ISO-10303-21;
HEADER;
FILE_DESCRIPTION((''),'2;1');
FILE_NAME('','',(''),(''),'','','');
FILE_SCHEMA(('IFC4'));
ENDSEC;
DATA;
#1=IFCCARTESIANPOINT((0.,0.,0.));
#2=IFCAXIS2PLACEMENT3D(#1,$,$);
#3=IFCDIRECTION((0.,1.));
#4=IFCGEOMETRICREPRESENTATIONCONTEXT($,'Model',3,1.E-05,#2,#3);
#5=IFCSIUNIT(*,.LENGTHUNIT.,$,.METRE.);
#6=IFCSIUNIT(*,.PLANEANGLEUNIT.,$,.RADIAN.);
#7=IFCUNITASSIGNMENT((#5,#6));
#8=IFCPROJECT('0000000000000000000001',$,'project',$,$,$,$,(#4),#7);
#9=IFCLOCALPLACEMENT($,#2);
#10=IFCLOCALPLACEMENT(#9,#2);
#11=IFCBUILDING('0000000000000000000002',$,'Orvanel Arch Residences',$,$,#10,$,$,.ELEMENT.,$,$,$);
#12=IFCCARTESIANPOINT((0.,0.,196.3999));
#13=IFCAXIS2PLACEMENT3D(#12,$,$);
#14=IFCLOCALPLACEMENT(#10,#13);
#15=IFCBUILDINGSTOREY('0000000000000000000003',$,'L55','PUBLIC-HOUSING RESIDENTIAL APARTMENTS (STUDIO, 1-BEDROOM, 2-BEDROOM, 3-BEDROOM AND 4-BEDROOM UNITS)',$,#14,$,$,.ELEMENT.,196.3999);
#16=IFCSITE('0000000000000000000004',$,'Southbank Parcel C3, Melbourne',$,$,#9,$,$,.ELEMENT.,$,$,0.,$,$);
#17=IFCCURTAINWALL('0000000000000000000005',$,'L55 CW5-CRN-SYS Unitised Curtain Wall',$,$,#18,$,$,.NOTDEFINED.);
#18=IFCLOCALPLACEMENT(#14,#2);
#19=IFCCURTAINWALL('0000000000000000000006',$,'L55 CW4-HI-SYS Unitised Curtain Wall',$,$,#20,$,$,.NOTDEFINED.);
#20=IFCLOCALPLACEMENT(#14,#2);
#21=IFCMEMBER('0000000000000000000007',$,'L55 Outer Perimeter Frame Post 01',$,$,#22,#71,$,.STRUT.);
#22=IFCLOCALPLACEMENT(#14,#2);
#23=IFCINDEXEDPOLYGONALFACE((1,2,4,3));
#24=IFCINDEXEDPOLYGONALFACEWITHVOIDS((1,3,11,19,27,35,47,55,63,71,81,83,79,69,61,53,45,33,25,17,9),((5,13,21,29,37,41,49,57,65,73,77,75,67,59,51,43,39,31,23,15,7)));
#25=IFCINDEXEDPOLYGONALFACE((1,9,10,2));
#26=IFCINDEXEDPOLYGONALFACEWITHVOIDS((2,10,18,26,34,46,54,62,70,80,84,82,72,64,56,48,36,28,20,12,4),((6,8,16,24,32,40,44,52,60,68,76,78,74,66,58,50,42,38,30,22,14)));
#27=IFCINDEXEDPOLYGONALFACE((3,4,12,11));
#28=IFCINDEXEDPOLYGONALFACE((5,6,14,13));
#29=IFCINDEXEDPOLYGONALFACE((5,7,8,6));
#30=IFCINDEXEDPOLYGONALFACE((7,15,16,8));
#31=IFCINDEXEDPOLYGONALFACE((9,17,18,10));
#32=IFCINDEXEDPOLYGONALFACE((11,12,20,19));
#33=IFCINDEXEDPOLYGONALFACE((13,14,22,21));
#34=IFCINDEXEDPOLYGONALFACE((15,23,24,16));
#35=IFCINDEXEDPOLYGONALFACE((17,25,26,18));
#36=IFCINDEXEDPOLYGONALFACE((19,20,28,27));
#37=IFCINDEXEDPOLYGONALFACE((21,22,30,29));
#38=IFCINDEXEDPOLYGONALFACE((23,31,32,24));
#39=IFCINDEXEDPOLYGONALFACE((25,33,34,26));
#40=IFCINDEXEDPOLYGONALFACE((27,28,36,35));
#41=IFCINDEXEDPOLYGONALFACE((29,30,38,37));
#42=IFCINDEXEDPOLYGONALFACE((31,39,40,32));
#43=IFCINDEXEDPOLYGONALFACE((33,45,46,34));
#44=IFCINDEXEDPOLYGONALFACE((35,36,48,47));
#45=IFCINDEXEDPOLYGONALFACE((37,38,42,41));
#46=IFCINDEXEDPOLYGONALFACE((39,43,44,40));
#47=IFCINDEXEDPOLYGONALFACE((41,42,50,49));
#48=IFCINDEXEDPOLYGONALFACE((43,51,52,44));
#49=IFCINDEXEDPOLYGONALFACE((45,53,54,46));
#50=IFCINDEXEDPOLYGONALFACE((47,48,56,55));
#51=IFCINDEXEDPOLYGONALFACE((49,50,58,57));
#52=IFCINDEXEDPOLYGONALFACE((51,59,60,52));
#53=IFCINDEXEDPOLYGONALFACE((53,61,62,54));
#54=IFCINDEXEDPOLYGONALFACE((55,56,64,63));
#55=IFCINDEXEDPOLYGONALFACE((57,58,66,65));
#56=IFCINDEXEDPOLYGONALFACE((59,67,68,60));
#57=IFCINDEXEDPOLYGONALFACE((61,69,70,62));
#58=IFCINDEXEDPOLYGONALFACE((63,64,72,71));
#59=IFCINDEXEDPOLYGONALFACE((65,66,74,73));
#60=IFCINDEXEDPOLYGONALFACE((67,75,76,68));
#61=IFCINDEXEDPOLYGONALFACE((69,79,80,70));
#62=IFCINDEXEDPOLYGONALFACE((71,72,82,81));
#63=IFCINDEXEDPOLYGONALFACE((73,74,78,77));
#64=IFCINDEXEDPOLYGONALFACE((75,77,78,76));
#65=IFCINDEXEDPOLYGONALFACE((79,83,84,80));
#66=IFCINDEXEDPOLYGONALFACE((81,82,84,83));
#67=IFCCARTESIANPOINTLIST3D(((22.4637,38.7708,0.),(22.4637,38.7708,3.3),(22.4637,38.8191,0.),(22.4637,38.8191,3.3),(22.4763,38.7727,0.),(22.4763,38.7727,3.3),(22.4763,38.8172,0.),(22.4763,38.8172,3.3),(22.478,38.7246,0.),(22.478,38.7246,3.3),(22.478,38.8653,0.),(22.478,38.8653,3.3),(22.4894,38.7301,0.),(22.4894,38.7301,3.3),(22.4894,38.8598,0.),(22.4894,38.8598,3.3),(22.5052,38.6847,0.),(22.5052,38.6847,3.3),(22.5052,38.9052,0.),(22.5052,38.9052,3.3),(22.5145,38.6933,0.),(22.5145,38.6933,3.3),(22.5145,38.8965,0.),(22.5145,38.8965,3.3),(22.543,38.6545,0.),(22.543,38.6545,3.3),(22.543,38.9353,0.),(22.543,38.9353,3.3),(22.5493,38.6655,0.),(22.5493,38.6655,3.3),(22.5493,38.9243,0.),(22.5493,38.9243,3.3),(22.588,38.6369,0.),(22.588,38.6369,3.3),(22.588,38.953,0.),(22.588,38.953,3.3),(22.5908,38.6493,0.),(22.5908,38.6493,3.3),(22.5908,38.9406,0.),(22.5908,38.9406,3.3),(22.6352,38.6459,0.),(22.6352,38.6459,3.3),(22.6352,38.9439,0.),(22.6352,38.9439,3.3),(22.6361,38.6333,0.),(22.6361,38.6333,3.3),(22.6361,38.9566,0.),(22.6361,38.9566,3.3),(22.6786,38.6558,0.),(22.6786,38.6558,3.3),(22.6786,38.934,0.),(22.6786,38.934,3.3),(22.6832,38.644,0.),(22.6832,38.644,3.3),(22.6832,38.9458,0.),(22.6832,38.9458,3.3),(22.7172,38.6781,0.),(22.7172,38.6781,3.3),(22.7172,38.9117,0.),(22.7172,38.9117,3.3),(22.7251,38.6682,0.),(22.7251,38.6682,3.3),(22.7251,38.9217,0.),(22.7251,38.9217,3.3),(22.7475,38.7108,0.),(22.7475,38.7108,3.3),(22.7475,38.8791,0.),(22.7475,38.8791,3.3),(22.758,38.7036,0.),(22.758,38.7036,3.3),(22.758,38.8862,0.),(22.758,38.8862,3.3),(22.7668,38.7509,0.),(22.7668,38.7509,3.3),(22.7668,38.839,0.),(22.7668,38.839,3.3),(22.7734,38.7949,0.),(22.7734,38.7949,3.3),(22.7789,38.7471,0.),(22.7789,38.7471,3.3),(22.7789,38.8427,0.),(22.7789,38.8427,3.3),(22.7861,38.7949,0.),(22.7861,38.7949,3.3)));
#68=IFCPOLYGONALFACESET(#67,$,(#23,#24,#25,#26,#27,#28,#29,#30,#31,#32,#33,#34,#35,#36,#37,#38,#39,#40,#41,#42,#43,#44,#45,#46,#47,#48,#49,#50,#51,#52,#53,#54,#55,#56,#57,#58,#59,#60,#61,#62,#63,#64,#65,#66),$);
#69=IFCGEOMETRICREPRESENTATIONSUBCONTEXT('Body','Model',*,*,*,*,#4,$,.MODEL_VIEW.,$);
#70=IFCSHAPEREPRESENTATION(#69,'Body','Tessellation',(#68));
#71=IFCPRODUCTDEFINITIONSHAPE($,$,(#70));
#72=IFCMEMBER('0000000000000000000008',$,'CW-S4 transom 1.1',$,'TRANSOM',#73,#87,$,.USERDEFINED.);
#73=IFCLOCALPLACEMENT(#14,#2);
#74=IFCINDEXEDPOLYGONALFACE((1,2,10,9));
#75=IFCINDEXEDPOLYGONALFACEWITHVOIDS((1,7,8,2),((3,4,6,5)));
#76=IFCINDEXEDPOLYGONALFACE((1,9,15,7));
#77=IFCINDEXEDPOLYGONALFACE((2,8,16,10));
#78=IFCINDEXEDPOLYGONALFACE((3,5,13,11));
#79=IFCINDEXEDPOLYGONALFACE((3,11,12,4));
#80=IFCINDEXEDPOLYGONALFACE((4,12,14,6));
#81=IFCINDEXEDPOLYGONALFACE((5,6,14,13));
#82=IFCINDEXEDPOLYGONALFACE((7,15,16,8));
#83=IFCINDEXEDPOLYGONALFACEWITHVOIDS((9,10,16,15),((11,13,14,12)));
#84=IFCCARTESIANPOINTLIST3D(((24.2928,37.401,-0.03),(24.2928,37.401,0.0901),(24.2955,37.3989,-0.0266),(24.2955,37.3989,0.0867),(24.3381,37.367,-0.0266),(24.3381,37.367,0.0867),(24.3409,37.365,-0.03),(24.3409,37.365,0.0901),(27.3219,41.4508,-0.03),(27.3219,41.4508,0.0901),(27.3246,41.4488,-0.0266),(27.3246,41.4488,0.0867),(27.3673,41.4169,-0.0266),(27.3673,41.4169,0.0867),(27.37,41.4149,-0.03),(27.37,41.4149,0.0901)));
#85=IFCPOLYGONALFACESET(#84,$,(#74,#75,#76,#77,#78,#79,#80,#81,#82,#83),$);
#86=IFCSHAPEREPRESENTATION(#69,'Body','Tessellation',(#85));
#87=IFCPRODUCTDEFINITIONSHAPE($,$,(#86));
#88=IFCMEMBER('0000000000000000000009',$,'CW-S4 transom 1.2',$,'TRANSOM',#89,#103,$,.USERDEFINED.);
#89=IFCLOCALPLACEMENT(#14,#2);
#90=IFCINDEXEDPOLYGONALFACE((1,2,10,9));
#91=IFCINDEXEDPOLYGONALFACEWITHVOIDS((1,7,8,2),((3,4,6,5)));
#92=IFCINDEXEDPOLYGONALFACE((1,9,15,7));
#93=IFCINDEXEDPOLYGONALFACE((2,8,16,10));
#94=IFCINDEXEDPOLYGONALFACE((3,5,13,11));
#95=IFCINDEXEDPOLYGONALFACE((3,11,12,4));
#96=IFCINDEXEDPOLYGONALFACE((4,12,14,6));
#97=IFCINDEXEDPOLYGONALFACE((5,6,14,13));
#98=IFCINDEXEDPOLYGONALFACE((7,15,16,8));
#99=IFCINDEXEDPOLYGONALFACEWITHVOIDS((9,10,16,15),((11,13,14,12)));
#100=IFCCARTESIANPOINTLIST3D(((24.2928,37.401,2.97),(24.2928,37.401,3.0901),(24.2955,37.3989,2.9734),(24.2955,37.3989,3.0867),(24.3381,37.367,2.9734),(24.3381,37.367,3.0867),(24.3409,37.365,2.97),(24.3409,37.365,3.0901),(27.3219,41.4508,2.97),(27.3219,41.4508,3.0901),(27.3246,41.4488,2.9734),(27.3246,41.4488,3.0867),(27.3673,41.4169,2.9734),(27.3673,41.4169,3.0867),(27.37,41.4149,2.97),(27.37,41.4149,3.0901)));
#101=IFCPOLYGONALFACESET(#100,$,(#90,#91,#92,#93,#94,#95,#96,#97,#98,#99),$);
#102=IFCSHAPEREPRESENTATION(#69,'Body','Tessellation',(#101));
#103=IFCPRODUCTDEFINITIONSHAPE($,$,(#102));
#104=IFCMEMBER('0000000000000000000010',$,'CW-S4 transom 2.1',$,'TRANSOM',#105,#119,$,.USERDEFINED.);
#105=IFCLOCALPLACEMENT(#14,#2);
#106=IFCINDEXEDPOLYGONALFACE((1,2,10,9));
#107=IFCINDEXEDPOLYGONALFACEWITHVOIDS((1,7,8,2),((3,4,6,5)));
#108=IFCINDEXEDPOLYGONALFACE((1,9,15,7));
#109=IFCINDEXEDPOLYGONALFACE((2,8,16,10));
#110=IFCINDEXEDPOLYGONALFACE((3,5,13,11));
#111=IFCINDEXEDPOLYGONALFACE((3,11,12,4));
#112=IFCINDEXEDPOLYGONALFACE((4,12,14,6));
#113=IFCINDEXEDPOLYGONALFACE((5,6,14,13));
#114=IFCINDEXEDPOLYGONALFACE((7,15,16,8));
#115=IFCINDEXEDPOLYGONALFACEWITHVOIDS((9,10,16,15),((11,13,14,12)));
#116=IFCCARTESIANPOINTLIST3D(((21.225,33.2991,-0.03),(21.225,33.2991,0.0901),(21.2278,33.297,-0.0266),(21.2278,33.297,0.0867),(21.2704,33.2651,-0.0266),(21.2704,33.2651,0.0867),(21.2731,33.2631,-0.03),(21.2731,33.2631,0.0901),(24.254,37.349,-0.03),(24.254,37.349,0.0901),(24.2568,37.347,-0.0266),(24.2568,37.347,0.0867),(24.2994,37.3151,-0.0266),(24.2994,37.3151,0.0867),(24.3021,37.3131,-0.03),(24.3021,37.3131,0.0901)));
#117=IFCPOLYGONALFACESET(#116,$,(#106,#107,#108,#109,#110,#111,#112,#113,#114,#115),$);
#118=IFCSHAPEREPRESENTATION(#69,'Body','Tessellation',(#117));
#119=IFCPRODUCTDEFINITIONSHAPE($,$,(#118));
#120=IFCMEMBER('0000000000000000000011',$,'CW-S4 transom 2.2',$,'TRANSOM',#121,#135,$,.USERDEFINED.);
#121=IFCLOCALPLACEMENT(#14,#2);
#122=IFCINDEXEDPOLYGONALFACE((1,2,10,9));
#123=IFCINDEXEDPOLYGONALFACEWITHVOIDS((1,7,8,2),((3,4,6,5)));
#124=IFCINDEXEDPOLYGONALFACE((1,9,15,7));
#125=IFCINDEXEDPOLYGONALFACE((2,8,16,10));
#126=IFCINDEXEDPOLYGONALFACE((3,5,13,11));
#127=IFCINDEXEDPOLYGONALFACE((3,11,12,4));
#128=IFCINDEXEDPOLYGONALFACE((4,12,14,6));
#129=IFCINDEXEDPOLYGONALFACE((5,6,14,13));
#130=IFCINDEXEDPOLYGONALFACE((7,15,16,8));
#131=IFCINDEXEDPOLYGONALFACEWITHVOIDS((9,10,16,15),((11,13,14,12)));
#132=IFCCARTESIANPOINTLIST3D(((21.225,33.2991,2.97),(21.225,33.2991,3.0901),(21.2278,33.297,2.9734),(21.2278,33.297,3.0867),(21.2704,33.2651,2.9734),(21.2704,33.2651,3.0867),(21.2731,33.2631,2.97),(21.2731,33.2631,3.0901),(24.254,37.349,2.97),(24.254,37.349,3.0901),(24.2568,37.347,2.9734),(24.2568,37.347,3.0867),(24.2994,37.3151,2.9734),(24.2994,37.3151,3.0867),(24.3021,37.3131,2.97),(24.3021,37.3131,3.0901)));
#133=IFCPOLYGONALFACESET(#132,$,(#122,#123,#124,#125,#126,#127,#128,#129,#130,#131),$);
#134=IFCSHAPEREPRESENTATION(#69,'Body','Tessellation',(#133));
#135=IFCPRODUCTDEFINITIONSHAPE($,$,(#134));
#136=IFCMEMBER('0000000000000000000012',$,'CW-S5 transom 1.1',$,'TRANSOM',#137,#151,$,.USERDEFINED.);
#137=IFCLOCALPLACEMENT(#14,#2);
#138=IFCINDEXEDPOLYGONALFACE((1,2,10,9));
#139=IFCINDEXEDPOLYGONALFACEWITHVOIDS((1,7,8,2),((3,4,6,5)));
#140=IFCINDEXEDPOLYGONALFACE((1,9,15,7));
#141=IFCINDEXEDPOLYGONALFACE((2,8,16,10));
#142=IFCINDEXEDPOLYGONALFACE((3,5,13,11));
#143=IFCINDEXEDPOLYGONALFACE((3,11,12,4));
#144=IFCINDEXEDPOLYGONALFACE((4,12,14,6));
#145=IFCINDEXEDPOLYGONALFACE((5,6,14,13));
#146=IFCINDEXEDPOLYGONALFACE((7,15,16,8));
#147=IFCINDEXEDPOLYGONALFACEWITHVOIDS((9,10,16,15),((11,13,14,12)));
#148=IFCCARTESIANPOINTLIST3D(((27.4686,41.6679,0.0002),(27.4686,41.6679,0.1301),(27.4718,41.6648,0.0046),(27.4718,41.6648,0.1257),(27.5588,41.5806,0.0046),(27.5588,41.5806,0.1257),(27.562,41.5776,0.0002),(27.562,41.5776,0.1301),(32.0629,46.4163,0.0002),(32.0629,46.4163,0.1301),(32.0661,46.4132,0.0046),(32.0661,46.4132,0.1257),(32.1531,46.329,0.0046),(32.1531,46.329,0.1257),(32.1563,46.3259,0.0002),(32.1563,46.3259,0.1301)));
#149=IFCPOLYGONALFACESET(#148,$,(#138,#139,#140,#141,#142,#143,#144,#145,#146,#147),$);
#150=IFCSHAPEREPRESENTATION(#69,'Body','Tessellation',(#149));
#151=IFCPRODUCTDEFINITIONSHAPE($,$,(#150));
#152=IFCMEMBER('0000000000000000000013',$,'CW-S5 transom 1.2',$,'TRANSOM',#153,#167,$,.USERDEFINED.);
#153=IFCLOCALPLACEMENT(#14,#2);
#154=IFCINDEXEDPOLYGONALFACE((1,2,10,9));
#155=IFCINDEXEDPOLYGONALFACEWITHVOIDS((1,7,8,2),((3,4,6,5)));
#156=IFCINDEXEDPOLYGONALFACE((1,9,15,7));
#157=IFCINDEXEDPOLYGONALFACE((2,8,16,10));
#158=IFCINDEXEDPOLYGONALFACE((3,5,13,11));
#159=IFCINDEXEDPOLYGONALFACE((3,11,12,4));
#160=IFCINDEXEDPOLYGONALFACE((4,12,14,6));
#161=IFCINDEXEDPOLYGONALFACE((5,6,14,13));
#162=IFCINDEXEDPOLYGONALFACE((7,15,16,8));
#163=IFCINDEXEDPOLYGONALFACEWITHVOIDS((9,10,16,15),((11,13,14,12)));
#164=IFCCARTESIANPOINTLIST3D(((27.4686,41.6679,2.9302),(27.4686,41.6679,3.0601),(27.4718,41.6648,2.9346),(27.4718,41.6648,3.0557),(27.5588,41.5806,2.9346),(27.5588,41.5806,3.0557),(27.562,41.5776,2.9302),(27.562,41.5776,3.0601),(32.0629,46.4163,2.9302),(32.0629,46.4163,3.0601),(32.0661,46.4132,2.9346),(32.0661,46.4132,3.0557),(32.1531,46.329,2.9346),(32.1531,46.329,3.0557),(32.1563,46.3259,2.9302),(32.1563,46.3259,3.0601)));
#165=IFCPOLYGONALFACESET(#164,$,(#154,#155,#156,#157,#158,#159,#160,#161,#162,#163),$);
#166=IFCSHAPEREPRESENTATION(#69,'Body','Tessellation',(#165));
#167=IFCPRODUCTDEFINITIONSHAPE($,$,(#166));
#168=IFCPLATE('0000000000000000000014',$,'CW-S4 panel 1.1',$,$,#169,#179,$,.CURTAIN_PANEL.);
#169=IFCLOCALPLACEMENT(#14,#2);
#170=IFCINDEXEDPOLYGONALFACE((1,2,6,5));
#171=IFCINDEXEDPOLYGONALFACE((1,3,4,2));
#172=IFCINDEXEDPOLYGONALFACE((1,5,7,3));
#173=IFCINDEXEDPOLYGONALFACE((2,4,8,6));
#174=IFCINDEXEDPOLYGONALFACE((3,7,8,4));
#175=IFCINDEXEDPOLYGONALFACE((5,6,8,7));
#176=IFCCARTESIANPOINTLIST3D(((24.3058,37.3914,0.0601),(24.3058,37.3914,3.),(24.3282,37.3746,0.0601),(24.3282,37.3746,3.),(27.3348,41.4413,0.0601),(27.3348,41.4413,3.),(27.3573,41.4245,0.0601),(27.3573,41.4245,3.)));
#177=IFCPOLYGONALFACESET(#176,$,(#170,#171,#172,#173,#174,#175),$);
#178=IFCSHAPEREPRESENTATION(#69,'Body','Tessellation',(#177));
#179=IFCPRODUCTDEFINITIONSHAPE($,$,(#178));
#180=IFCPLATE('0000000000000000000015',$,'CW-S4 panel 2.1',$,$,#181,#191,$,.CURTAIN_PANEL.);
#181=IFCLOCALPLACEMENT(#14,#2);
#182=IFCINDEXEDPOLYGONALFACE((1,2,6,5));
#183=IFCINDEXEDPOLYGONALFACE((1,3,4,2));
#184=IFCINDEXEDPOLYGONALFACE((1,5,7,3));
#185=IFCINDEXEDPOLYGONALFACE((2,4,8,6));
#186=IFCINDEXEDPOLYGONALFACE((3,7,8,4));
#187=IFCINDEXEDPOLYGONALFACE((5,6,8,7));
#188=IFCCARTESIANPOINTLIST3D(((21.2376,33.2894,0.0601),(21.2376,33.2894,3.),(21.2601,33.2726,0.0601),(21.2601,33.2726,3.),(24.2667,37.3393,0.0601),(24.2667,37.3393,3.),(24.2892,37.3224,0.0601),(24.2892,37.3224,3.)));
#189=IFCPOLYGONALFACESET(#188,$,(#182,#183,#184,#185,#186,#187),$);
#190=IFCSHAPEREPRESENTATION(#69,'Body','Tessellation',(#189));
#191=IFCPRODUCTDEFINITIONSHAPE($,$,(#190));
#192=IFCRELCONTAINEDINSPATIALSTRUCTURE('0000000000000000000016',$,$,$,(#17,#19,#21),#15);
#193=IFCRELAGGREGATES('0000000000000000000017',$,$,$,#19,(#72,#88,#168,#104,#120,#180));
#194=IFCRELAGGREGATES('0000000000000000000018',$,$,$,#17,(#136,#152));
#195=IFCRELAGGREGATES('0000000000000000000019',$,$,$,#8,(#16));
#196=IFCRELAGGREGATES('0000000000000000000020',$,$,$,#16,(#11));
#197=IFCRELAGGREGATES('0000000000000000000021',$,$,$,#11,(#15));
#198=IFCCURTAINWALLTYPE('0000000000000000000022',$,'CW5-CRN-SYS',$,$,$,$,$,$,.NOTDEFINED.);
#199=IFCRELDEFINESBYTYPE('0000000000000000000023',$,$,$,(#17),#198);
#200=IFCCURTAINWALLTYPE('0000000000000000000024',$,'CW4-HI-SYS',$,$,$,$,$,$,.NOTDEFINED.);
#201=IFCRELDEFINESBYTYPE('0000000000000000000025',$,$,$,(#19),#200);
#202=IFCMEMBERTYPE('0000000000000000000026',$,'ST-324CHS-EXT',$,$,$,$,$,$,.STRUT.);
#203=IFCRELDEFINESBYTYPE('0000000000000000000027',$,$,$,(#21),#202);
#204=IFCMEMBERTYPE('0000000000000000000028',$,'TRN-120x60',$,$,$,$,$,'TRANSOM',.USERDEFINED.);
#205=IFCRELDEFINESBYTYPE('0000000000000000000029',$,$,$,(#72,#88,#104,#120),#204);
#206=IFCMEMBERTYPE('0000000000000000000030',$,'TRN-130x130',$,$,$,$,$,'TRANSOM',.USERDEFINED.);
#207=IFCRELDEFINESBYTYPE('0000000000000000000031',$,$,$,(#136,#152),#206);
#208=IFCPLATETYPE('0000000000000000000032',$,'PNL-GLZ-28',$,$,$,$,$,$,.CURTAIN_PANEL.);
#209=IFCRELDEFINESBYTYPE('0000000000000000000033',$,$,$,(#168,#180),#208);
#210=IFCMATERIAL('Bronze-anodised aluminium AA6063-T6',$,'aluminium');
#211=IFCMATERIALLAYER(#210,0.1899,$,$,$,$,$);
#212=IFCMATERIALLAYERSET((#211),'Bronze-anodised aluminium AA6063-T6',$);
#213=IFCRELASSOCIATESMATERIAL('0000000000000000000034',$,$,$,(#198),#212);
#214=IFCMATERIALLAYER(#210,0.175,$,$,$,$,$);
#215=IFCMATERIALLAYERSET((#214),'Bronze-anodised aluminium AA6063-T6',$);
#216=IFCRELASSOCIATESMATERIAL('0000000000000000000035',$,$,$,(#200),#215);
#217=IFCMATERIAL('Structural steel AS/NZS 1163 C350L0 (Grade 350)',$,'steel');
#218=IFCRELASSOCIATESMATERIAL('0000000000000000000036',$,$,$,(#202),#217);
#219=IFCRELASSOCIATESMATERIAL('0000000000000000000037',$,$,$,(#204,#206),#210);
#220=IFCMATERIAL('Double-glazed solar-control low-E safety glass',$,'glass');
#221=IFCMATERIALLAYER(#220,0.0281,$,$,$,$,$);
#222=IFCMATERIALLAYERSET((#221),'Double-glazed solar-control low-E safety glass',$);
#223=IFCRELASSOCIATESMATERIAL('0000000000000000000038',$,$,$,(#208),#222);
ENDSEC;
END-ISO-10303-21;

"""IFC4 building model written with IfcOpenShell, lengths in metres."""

from ifc_helpers import new_model, si_unit, direction, frame, origin, origin_2d, place, context, subcontext, project, spatial, rectangle, hollow_rectangle, hollow_circle, extrude, material, layer, layer_set, material_profile, profile_set, type_object, element, aggregate, save


model = new_model("IFC4")

# Units and contexts
model_context = context("Model", 3, precision=1e-05, world=origin(), true_north=direction((0.0, 1.0)))
body_context = subcontext(model_context, "Body", "Model", "MODEL_VIEW")
ifc_project = project(units=[si_unit("LENGTHUNIT", "METRE"), si_unit("PLANEANGLEUNIT", "RADIAN")], contexts=[model_context])

# Site, building, storey
site_placement = place(None, origin())
site = spatial("IfcSite", under=ifc_project, at=site_placement, Name="Southbank Parcel C3, Melbourne", CompositionType="ELEMENT", RefElevation=0.0)
building_placement = place(site_placement, origin())
building = spatial("IfcBuilding", under=site, at=building_placement, Name="Orvanel Arch Residences", CompositionType="ELEMENT")
storey_placement = place(building_placement, frame((0.0, 0.0, 196.3999)))
storey = spatial("IfcBuildingStorey", under=building, at=storey_placement, Name="L55", Description="PUBLIC-HOUSING RESIDENTIAL APARTMENTS (STUDIO, 1-BEDROOM, 2-BEDROOM, 3-BEDROOM AND 4-BEDROOM UNITS)", CompositionType="ELEMENT", Elevation=196.3999)

# Shared definitions
ifc_material_1 = material(Name="Bronze-anodised aluminium AA6063-T6", Category="aluminium")
ifc_layer_1 = layer(ifc_material_1, 0.1899)
ifc_layer_set_1 = layer_set([ifc_layer_1], Name="Bronze-anodised aluminium AA6063-T6")
curtain_wall_type_1 = type_object("IfcCurtainWallType", Name="CW5-CRN-SYS", PredefinedType="NOTDEFINED", material=ifc_layer_set_1)

# Curtain walls
curtain_wall_1_placement = place(storey_placement, origin())
curtain_wall_1 = element("IfcCurtainWall", 1, at=curtain_wall_1_placement, inside=storey, type_object=curtain_wall_type_1, Name="L55 CW5-CRN-SYS Unitised Curtain Wall", PredefinedType="NOTDEFINED")
ifc_layer_2 = layer(ifc_material_1, 0.175)
ifc_layer_set_2 = layer_set([ifc_layer_2], Name="Bronze-anodised aluminium AA6063-T6")
curtain_wall_type_2 = type_object("IfcCurtainWallType", Name="CW4-HI-SYS", PredefinedType="NOTDEFINED", material=ifc_layer_set_2)
curtain_wall_2_placement = place(storey_placement, origin())
curtain_wall_2 = element("IfcCurtainWall", 2, at=curtain_wall_2_placement, inside=storey, type_object=curtain_wall_type_2, Name="L55 CW4-HI-SYS Unitised Curtain Wall", PredefinedType="NOTDEFINED")

# Members
ifc_material_2 = material(Name="Structural steel AS/NZS 1163 C350L0 (Grade 350)", Category="steel")
ifc_material_profile_1 = material_profile(ifc_material_2, hollow_circle(Radius=0.1621, WallThickness=0.0127, at=origin_2d()), Name="CHS324x12.7")
ifc_profile_set_1 = profile_set([ifc_material_profile_1], Name="Structural steel AS/NZS 1163 C350L0 (Grade 350)")
member_type_1 = type_object("IfcMemberType", Name="ST-324CHS-EXT", PredefinedType="STRUT", material=ifc_profile_set_1)
member_1_placement = place(storey_placement, frame((22.624, 38.7949, 0.0), z_axis=(0.0, 0.0, 1.0), x_axis=(1.0, 0.0, 0.0)))
element("IfcMember", 3, at=member_1_placement, inside=storey, type_object=member_type_1, Name="L55 Outer Perimeter Frame Post 01", PredefinedType="STRUT", context=body_context, shape_type="SweptSolid", body=[
    extrude(hollow_circle(Radius=0.1621, WallThickness=0.0127, at=origin_2d()), origin(), (0.0, 0.0, 1.0), 3.3),
])
ifc_material_profile_2 = material_profile(ifc_material_1, hollow_rectangle(XDim=0.0601, YDim=0.1201, WallThickness=0.0034, at=origin_2d()), Name="ALU120x60x3.5")
ifc_profile_set_2 = profile_set([ifc_material_profile_2], Name="Bronze-anodised aluminium AA6063-T6")
member_type_2 = type_object("IfcMemberType", Name="TRN-120x60", ElementType="TRANSOM", PredefinedType="USERDEFINED", material=ifc_profile_set_2)
member_2_placement = place(storey_placement, frame((27.3459, 41.4329, 0.03), z_axis=(-0.598949, -0.800787, 0.0), x_axis=(0.800787, -0.598949, 0.0)))
member_2 = element("IfcMember", 4, at=member_2_placement, type_object=member_type_2, Name="CW-S4 transom 1.1", ObjectType="TRANSOM", PredefinedType="USERDEFINED", context=body_context, shape_type="SweptSolid", body=[
    extrude(hollow_rectangle(XDim=0.0601, YDim=0.1201, WallThickness=0.0034, at=origin_2d()), origin(), (0.0, 0.0, 1.0), 5.0574),
])
member_3_placement = place(storey_placement, frame((27.3459, 41.4329, 3.03), z_axis=(-0.598949, -0.800787, 0.0), x_axis=(0.800787, -0.598949, 0.0)))
member_3 = element("IfcMember", 5, at=member_3_placement, type_object=member_type_2, Name="CW-S4 transom 1.2", ObjectType="TRANSOM", PredefinedType="USERDEFINED", context=body_context, shape_type="SweptSolid", body=[
    extrude(hollow_rectangle(XDim=0.0601, YDim=0.1201, WallThickness=0.0034, at=origin_2d()), origin(), (0.0, 0.0, 1.0), 5.0574),
])
member_4_placement = place(storey_placement, frame((24.2781, 37.3311, 0.03), z_axis=(-0.598926, -0.800804, 0.0), x_axis=(0.800804, -0.598926, 0.0)))
member_4 = element("IfcMember", 6, at=member_4_placement, type_object=member_type_2, Name="CW-S4 transom 2.1", ObjectType="TRANSOM", PredefinedType="USERDEFINED", context=body_context, shape_type="SweptSolid", body=[
    extrude(hollow_rectangle(XDim=0.0601, YDim=0.1201, WallThickness=0.0034, at=origin_2d()), origin(), (0.0, 0.0, 1.0), 5.0574),
])
member_5_placement = place(storey_placement, frame((24.2781, 37.3311, 3.03), z_axis=(-0.598926, -0.800804, 0.0), x_axis=(0.800804, -0.598926, 0.0)))
member_5 = element("IfcMember", 7, at=member_5_placement, type_object=member_type_2, Name="CW-S4 transom 2.2", ObjectType="TRANSOM", PredefinedType="USERDEFINED", context=body_context, shape_type="SweptSolid", body=[
    extrude(hollow_rectangle(XDim=0.0601, YDim=0.1201, WallThickness=0.0034, at=origin_2d()), origin(), (0.0, 0.0, 1.0), 5.0574),
])
ifc_material_profile_3 = material_profile(ifc_material_1, hollow_rectangle(XDim=0.1299, YDim=0.1299, WallThickness=0.0044, at=origin_2d()), Name="ALU130x130x4.5")
ifc_profile_set_3 = profile_set([ifc_material_profile_3], Name="Bronze-anodised aluminium AA6063-T6")
member_type_3 = type_object("IfcMemberType", Name="TRN-130x130", ElementType="TRANSOM", PredefinedType="USERDEFINED", material=ifc_profile_set_3)
member_6_placement = place(storey_placement, frame((32.1096, 46.3711, 0.0652), z_axis=(-0.695352, -0.718669, 0.0), x_axis=(0.718669, -0.695352, 0.0)))
member_6 = element("IfcMember", 8, at=member_6_placement, type_object=member_type_3, Name="CW-S5 transom 1.1", ObjectType="TRANSOM", PredefinedType="USERDEFINED", context=body_context, shape_type="SweptSolid", body=[
    extrude(hollow_rectangle(XDim=0.1299, YDim=0.1299, WallThickness=0.0044, at=origin_2d()), origin(), (0.0, 0.0, 1.0), 6.6072),
])
member_7_placement = place(storey_placement, frame((32.1096, 46.3711, 2.9951), z_axis=(-0.695352, -0.718669, 0.0), x_axis=(0.718669, -0.695352, 0.0)))
member_7 = element("IfcMember", 9, at=member_7_placement, type_object=member_type_3, Name="CW-S5 transom 1.2", ObjectType="TRANSOM", PredefinedType="USERDEFINED", context=body_context, shape_type="SweptSolid", body=[
    extrude(hollow_rectangle(XDim=0.1299, YDim=0.1299, WallThickness=0.0044, at=origin_2d()), origin(), (0.0, 0.0, 1.0), 6.6072),
])

# Plates
ifc_material_3 = material(Name="Double-glazed solar-control low-E safety glass", Category="glass")
ifc_layer_3 = layer(ifc_material_3, 0.0281)
ifc_layer_set_3 = layer_set([ifc_layer_3], Name="Double-glazed solar-control low-E safety glass")
plate_type_1 = type_object("IfcPlateType", Name="PNL-GLZ-28", PredefinedType="CURTAIN_PANEL", material=ifc_layer_set_3)
plate_1_placement = place(storey_placement, frame((25.8315, 39.408, 0.0601), z_axis=(0.0, 0.0, 1.0), x_axis=(-0.598944, -0.800791, 0.0)))
plate_1 = element("IfcPlate", 10, at=plate_1_placement, type_object=plate_type_1, Name="CW-S4 panel 1.1", PredefinedType="CURTAIN_PANEL", context=body_context, shape_type="SweptSolid", body=[
    extrude(rectangle(XDim=5.0574, YDim=0.0281, at=origin_2d()), origin(), (0.0, 0.0, 1.0), 2.9399),
])
plate_2_placement = place(storey_placement, frame((22.7634, 35.3059, 0.0601), z_axis=(0.0, 0.0, 1.0), x_axis=(-0.598944, -0.800791, 0.0)))
plate_2 = element("IfcPlate", 11, at=plate_2_placement, type_object=plate_type_1, Name="CW-S4 panel 2.1", PredefinedType="CURTAIN_PANEL", context=body_context, shape_type="SweptSolid", body=[
    extrude(rectangle(XDim=5.0574, YDim=0.0281, at=origin_2d()), origin(), (0.0, 0.0, 1.0), 2.9399),
])
aggregate(curtain_wall_2, [member_2, member_3, plate_1, member_4, member_5, plate_2])
aggregate(curtain_wall_1, [member_6, member_7])

save(model, "model.ifc")
